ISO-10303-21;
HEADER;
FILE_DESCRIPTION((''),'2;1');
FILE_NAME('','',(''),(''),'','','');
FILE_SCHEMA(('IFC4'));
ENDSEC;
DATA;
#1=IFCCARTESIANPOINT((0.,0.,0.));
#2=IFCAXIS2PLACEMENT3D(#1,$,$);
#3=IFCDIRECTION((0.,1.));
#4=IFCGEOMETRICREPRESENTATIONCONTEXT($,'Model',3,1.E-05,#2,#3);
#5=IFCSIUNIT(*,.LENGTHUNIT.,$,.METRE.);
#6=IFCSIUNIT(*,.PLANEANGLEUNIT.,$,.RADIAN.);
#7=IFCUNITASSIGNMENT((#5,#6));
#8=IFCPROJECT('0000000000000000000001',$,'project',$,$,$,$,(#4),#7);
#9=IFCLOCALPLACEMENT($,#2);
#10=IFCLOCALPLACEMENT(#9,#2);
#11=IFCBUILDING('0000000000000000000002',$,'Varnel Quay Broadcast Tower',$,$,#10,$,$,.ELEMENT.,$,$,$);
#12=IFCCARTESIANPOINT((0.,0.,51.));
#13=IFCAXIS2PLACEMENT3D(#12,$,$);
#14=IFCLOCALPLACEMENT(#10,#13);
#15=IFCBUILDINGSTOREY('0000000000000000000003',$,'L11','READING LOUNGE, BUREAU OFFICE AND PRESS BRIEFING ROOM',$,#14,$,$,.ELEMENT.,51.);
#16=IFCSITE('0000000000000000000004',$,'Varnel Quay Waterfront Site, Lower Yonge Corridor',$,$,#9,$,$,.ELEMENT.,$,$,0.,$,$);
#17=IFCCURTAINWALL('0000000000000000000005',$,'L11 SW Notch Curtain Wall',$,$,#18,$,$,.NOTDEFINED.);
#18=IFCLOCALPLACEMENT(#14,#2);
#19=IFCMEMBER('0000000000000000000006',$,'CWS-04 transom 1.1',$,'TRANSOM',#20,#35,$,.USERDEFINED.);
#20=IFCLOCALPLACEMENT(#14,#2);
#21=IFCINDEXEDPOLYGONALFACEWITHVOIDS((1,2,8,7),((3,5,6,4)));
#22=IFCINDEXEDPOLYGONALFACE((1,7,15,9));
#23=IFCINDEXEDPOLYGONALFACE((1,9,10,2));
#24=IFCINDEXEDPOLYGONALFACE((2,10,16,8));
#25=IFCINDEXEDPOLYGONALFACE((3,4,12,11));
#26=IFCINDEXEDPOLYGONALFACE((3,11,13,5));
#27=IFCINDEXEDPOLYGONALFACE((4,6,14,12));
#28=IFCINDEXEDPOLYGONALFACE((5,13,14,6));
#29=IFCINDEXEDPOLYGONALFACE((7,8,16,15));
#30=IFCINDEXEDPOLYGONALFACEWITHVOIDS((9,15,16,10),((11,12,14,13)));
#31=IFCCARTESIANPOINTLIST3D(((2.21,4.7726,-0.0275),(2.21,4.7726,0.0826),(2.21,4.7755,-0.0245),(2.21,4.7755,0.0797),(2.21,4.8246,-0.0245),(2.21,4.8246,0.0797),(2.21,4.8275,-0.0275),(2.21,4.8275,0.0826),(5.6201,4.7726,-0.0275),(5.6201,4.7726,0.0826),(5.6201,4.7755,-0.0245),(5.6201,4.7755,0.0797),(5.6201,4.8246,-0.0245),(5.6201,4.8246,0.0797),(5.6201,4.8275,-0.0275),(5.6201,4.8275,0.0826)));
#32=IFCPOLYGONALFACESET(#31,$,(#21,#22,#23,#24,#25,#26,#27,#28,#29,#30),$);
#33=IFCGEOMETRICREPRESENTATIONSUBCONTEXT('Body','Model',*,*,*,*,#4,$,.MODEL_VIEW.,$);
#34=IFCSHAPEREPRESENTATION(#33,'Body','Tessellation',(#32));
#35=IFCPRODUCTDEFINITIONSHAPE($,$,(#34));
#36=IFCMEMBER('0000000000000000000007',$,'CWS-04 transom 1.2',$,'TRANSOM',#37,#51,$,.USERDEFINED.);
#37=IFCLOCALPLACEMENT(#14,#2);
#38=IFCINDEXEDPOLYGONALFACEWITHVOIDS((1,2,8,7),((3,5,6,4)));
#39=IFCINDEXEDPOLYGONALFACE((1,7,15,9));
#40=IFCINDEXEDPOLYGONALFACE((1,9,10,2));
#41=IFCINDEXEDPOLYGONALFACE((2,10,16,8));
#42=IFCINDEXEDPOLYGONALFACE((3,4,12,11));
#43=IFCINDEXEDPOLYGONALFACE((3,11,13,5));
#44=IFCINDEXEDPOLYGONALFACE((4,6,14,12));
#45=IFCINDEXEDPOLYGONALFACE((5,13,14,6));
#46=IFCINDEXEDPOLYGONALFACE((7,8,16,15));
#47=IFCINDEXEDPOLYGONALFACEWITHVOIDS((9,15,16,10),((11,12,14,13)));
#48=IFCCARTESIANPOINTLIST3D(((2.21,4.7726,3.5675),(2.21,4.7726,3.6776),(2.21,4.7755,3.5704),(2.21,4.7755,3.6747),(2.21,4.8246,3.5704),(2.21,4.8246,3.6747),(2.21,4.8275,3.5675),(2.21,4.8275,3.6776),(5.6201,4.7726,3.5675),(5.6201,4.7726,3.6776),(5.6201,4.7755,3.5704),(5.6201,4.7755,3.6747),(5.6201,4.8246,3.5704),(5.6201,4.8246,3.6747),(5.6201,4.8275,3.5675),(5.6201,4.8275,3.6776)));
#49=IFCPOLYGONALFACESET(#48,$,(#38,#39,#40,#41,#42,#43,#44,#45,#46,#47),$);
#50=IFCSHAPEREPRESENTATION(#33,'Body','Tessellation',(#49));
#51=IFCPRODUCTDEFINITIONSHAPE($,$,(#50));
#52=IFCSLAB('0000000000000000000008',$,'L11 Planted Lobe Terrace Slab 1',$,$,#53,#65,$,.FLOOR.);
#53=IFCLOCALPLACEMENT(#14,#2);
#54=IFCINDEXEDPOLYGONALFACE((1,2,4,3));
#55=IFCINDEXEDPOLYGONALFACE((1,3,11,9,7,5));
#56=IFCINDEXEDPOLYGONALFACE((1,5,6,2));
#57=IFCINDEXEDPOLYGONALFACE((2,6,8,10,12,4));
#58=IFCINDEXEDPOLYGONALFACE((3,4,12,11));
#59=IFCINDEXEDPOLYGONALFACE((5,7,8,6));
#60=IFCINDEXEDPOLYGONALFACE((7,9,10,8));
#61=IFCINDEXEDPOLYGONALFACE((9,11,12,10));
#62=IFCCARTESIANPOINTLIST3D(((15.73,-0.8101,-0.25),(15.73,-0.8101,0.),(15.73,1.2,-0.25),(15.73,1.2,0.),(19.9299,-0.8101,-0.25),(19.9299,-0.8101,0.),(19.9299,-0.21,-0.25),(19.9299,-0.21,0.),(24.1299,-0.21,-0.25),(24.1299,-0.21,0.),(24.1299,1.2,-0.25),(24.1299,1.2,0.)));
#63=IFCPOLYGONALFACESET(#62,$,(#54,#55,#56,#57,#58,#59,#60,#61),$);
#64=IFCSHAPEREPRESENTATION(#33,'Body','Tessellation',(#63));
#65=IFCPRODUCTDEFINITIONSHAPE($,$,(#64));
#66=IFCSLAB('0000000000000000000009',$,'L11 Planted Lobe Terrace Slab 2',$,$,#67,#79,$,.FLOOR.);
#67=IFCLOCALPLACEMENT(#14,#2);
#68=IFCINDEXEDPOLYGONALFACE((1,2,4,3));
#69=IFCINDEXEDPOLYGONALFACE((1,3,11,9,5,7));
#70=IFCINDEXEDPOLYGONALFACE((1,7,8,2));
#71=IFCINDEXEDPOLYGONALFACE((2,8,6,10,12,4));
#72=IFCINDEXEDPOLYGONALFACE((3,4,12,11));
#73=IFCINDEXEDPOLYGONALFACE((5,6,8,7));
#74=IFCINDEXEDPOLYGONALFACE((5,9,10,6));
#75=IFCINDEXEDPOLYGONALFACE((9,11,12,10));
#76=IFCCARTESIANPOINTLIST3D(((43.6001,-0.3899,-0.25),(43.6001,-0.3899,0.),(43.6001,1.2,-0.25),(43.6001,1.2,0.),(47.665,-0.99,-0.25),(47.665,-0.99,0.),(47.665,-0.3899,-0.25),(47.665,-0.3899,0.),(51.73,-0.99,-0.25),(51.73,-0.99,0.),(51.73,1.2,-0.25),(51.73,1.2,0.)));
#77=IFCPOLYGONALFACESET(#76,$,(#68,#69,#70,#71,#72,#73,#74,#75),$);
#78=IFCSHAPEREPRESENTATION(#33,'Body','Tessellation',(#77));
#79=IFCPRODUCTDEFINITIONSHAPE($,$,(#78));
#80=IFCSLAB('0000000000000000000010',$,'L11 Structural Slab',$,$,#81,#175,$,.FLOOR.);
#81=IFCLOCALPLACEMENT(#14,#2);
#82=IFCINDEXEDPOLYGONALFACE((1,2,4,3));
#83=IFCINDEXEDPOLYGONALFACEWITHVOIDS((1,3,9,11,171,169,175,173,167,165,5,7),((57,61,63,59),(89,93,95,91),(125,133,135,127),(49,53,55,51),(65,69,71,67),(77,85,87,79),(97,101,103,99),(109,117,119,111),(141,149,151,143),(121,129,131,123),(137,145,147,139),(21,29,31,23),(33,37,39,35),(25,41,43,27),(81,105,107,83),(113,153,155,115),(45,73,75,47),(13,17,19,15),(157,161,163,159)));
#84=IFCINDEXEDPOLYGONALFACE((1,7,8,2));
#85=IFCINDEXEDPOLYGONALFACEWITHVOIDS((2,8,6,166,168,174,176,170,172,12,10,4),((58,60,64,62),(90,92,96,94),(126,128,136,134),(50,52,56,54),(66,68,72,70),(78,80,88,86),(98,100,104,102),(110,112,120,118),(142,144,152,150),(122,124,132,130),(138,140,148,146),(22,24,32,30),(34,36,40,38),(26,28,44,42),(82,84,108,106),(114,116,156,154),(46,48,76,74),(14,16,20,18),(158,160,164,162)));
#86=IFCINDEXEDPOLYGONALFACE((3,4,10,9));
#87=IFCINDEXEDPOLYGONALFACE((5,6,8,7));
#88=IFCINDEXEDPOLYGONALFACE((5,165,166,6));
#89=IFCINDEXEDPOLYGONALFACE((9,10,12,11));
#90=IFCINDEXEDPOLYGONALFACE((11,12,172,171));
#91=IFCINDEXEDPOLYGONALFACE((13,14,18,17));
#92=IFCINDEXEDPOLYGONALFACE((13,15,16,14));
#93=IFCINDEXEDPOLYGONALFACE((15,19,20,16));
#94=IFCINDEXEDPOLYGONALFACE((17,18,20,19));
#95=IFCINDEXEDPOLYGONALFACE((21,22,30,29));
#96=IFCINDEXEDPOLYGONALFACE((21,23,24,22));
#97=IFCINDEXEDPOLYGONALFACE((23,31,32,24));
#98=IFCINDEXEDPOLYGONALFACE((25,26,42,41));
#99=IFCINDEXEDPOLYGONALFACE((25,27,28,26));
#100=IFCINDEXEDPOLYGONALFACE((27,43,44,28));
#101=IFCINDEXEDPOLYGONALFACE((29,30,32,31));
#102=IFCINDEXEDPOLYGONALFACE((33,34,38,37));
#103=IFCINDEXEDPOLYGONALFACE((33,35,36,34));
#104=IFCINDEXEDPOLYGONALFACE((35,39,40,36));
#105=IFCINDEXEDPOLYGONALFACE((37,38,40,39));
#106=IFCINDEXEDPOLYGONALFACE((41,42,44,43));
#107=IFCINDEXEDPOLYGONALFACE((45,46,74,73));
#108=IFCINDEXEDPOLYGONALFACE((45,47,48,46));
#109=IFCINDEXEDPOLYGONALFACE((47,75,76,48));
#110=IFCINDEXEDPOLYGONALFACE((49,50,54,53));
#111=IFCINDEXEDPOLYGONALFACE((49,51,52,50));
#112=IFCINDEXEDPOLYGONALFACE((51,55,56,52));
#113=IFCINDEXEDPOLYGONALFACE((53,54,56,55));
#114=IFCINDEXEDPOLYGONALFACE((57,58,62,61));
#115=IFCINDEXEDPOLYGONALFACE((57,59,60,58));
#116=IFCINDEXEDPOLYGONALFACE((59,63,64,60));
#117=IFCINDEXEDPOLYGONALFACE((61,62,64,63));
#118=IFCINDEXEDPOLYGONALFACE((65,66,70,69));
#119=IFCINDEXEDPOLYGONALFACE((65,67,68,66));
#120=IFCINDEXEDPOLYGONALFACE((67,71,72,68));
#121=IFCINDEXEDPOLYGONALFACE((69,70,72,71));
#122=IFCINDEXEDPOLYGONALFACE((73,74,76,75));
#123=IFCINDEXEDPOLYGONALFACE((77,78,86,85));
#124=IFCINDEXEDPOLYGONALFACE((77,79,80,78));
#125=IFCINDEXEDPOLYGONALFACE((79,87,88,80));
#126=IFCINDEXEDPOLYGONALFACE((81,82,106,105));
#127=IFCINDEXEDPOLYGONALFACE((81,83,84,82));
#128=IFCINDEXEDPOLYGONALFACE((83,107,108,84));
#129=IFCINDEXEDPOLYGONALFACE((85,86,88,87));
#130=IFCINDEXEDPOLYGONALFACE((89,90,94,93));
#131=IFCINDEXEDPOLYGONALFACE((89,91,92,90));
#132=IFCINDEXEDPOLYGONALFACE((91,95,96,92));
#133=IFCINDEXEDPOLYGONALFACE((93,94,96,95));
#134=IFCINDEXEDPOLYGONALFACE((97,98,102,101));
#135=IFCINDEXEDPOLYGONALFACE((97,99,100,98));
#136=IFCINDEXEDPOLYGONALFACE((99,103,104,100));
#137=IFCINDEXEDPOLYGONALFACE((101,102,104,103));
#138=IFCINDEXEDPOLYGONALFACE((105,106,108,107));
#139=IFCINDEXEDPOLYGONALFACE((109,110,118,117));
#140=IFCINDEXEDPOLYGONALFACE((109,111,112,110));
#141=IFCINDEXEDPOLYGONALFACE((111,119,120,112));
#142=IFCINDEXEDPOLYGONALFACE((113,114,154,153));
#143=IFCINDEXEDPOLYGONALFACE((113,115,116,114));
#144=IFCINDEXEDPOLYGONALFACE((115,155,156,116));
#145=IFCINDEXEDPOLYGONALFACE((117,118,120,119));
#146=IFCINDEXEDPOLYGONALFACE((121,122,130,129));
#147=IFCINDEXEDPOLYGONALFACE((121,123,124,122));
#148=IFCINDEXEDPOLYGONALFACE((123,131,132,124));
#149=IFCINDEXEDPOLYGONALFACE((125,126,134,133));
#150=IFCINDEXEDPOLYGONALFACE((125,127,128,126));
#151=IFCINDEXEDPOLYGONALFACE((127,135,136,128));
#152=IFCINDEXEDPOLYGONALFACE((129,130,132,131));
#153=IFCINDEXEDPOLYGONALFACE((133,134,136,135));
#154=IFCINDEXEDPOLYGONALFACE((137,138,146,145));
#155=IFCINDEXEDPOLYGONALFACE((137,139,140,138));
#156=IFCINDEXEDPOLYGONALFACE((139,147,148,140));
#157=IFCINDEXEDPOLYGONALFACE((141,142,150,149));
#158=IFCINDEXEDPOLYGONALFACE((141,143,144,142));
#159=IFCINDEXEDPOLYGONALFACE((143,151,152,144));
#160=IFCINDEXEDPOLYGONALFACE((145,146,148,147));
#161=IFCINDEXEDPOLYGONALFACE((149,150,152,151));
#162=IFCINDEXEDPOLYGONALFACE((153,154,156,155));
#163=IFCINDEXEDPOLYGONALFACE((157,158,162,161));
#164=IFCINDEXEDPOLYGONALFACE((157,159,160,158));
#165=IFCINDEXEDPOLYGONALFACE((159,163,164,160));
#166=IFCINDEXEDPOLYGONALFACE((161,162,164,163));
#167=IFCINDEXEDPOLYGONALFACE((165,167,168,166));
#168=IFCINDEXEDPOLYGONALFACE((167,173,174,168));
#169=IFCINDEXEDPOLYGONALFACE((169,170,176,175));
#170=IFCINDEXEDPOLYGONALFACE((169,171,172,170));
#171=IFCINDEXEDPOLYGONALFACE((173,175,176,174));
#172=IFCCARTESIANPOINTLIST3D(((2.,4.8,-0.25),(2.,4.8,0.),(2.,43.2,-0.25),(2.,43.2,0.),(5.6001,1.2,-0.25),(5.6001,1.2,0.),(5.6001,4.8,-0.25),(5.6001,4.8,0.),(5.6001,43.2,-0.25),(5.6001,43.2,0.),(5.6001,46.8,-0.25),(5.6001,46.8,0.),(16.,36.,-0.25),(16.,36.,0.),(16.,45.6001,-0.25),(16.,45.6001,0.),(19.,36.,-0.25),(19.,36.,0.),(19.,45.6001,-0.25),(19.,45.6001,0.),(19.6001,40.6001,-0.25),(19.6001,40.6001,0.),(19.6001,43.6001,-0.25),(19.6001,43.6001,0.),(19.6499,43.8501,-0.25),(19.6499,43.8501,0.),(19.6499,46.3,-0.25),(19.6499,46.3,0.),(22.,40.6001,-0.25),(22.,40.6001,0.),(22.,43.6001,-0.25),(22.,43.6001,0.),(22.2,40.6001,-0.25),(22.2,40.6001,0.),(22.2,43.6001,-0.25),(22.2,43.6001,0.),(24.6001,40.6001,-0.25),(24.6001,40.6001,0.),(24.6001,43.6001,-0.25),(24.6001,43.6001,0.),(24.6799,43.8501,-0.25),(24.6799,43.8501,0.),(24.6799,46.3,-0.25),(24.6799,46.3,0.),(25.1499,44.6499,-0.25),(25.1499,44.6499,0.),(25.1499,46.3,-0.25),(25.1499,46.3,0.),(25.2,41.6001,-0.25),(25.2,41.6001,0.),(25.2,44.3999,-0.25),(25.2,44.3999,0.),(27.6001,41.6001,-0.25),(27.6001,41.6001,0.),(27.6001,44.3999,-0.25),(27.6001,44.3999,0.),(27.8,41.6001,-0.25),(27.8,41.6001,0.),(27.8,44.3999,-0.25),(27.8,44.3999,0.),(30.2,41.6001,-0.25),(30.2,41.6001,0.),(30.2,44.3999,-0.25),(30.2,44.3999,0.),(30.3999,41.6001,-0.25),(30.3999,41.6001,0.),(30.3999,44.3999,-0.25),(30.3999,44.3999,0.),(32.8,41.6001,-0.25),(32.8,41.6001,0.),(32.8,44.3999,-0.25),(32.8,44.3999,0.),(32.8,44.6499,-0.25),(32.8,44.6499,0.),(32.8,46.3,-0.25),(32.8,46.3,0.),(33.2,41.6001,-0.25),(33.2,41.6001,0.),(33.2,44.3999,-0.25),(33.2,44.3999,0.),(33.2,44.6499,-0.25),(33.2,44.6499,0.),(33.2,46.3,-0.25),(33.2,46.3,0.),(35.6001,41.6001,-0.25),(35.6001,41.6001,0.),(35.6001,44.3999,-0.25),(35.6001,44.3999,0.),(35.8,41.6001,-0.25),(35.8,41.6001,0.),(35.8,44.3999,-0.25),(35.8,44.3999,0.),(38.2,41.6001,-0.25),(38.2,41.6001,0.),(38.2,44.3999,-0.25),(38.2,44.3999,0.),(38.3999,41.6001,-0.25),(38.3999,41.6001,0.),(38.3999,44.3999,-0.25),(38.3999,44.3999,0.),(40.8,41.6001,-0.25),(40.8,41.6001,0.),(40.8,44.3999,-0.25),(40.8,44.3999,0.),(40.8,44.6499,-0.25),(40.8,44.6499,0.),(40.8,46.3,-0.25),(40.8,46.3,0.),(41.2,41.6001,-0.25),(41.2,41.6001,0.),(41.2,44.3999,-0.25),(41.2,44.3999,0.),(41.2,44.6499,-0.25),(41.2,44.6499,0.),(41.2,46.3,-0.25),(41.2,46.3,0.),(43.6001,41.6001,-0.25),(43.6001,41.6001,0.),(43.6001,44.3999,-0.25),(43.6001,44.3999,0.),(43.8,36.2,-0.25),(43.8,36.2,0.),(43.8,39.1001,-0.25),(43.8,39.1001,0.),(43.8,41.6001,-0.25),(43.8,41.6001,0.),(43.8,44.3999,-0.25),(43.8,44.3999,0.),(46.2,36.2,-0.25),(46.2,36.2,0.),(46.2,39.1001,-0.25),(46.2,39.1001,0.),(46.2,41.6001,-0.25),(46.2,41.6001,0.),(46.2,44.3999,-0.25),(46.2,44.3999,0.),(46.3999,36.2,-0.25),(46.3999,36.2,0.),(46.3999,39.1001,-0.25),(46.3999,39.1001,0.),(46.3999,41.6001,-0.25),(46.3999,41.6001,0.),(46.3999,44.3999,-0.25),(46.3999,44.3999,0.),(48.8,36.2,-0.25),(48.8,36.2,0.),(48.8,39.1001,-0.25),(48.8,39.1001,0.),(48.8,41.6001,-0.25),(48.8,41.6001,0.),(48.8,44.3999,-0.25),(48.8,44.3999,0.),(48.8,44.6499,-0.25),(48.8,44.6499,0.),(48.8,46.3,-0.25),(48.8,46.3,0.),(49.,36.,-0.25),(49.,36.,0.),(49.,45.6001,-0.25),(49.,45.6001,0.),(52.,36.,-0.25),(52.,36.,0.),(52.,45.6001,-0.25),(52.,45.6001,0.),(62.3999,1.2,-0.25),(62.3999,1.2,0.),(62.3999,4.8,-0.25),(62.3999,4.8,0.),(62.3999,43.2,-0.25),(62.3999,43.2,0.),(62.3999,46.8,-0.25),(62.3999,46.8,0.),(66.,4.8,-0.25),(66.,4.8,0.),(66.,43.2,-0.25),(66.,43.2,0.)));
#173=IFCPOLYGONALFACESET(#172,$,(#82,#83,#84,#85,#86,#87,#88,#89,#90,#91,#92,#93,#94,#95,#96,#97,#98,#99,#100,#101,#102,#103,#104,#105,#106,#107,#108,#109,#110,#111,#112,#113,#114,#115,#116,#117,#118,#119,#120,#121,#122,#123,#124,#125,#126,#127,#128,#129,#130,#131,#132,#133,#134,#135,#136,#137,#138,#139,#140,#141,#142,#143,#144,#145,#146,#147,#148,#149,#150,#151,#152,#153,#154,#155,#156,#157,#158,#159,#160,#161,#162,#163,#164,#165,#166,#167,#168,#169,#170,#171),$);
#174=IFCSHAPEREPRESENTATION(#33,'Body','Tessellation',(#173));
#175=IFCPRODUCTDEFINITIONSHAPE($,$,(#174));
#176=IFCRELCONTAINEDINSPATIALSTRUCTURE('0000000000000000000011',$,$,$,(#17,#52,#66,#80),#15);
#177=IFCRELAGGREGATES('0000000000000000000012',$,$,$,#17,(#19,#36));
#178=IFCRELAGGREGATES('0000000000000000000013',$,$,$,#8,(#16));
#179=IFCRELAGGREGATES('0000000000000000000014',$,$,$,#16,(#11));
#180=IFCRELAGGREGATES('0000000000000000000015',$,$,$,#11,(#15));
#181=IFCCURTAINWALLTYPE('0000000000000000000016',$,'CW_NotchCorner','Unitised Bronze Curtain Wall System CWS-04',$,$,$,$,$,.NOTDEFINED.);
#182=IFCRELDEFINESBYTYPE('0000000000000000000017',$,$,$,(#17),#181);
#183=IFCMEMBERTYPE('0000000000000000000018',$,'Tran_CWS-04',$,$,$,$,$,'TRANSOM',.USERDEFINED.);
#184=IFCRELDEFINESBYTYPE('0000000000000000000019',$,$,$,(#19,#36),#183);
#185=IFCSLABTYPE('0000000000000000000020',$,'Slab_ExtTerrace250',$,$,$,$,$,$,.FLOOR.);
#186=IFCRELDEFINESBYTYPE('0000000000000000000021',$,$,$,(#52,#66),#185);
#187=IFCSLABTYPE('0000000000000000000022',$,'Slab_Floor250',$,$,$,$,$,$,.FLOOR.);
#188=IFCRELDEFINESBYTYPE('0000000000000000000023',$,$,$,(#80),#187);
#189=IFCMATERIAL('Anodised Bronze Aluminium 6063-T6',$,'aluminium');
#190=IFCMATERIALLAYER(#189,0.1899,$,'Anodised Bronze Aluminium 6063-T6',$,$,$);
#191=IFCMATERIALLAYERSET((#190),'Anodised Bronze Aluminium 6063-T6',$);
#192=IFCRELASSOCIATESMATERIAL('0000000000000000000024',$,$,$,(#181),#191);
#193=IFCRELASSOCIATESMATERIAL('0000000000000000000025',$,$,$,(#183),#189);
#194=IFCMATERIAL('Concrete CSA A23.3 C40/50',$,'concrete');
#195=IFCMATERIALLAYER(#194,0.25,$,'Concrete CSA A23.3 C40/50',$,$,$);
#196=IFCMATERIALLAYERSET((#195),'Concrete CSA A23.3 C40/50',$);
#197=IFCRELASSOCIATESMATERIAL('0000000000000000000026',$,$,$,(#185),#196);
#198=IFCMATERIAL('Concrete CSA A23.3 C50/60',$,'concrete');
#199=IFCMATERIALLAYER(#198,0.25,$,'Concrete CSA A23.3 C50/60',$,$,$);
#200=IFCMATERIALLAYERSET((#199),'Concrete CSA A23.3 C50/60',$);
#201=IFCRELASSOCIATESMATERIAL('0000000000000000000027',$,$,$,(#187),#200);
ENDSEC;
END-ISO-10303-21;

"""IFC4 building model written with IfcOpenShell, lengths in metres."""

from ifc_helpers import new_model, si_unit, direction, frame, origin, origin_2d, place, context, subcontext, project, spatial, polyline, hollow_rectangle, outline, extrude, source, transform, mapped, material, layer, layer_set, material_profile, profile_set, type_object, type_shapes, element, aggregate, save


model = new_model("IFC4")

# Units and contexts
model_context = context("Model", 3, precision=1e-05, world=origin(), true_north=direction((0.0, 1.0)))
body_context = subcontext(model_context, "Body", "Model", "MODEL_VIEW")
ifc_project = project(units=[si_unit("LENGTHUNIT", "METRE"), si_unit("PLANEANGLEUNIT", "RADIAN")], contexts=[model_context])

# Site, building, storey
site_placement = place(None, origin())
site = spatial("IfcSite", under=ifc_project, at=site_placement, Name="Varnel Quay Waterfront Site, Lower Yonge Corridor", CompositionType="ELEMENT", RefElevation=0.0)
building_placement = place(site_placement, origin())
building = spatial("IfcBuilding", under=site, at=building_placement, Name="Varnel Quay Broadcast Tower", CompositionType="ELEMENT")
storey_placement = place(building_placement, frame((0.0, 0.0, 51.0)))
storey = spatial("IfcBuildingStorey", under=building, at=storey_placement, Name="L11", Description="READING LOUNGE, BUREAU OFFICE AND PRESS BRIEFING ROOM", CompositionType="ELEMENT", Elevation=51.0)

# Curtain wall, members
ifc_material_1 = material(Name="Anodised Bronze Aluminium 6063-T6", Category="aluminium")
ifc_layer_1 = layer(ifc_material_1, 0.1899, Name="Anodised Bronze Aluminium 6063-T6")
ifc_layer_set_1 = layer_set([ifc_layer_1], Name="Anodised Bronze Aluminium 6063-T6")
curtain_wall_type_1 = type_object("IfcCurtainWallType", Name="CW_NotchCorner", Description="Unitised Bronze Curtain Wall System CWS-04", PredefinedType="NOTDEFINED", material=ifc_layer_set_1)
curtain_wall_1_placement = place(storey_placement, origin())
curtain_wall_1 = element("IfcCurtainWall", 1, at=curtain_wall_1_placement, inside=storey, type_object=curtain_wall_type_1, Name="L11 SW Notch Curtain Wall", PredefinedType="NOTDEFINED")
ifc_material_profile_1 = material_profile(ifc_material_1, hollow_rectangle(XDim=0.0549, YDim=0.1101, WallThickness=0.0029, at=origin_2d()), Name="ALU55X110X3")
ifc_profile_set_1 = profile_set([ifc_material_profile_1], Name="Anodised Bronze Aluminium 6063-T6")
member_type_1 = type_object("IfcMemberType", Name="Tran_CWS-04", ElementType="TRANSOM", PredefinedType="USERDEFINED", material=ifc_profile_set_1)
shared_shape_1 = source(origin(), body_context, "Body", "SweptSolid", [
    extrude(hollow_rectangle(XDim=0.0549, YDim=0.1101, WallThickness=0.0029, at=origin_2d()), origin(), (0.0, 0.0, 1.0), 3.4102),
])
type_shapes(member_type_1, [shared_shape_1])
member_1_placement = place(storey_placement, frame((2.21, 4.8, 0.0276), z_axis=(1.0, 0.0, 0.0), x_axis=(0.0, 1.0, 0.0)))
member_1 = element("IfcMember", 2, at=member_1_placement, type_object=member_type_1, Name="CWS-04 transom 1.1", ObjectType="TRANSOM", PredefinedType="USERDEFINED", context=body_context, shape_type="MappedRepresentation", body=[
    mapped(shared_shape_1, transform((0.0, 0.0, 0.0), x_axis=(1.0, 0.0, 0.0), y_axis=(0.0, 1.0, 0.0), z_axis=(0.0, 0.0, 1.0), scale=1.0)),
])
member_2_placement = place(storey_placement, frame((2.21, 4.8, 3.6226), z_axis=(1.0, 0.0, 0.0), x_axis=(0.0, 1.0, 0.0)))
member_2 = element("IfcMember", 3, at=member_2_placement, type_object=member_type_1, Name="CWS-04 transom 1.2", ObjectType="TRANSOM", PredefinedType="USERDEFINED", context=body_context, shape_type="MappedRepresentation", body=[
    mapped(shared_shape_1, transform((0.0, 0.0, 0.0), x_axis=(1.0, 0.0, 0.0), y_axis=(0.0, 1.0, 0.0), z_axis=(0.0, 0.0, 1.0), scale=1.0)),
])

# Slabs
ifc_material_2 = material(Name="Concrete CSA A23.3 C40/50", Category="concrete")
ifc_layer_2 = layer(ifc_material_2, 0.25, Name="Concrete CSA A23.3 C40/50")
ifc_layer_set_2 = layer_set([ifc_layer_2], Name="Concrete CSA A23.3 C40/50")
slab_type_1 = type_object("IfcSlabType", Name="Slab_ExtTerrace250", PredefinedType="FLOOR", material=ifc_layer_set_2)
slab_1_placement = place(storey_placement, frame((0.0, 0.0, -0.25)))
element("IfcSlab", 4, at=slab_1_placement, inside=storey, type_object=slab_type_1, Name="L11 Planted Lobe Terrace Slab 1", PredefinedType="FLOOR", context=body_context, shape_type="SweptSolid", body=[
    extrude(outline(polyline([(15.73, -0.8101), (19.9299, -0.8101), (19.9299, -0.21), (24.1299, -0.21), (24.1299, 1.2), (15.73, 1.2), (15.73, -0.8101)])), origin(), (0.0, 0.0, 1.0), 0.25),
])
slab_2_placement = place(storey_placement, frame((0.0, 0.0, -0.25)))
element("IfcSlab", 5, at=slab_2_placement, inside=storey, type_object=slab_type_1, Name="L11 Planted Lobe Terrace Slab 2", PredefinedType="FLOOR", context=body_context, shape_type="SweptSolid", body=[
    extrude(outline(polyline([(43.6001, -0.3899), (47.665, -0.3899), (47.665, -0.99), (51.73, -0.99), (51.73, 1.2), (43.6001, 1.2), (43.6001, -0.3899)])), origin(), (0.0, 0.0, 1.0), 0.25),
])
ifc_material_3 = material(Name="Concrete CSA A23.3 C50/60", Category="concrete")
ifc_layer_3 = layer(ifc_material_3, 0.25, Name="Concrete CSA A23.3 C50/60")
ifc_layer_set_3 = layer_set([ifc_layer_3], Name="Concrete CSA A23.3 C50/60")
slab_type_2 = type_object("IfcSlabType", Name="Slab_Floor250", PredefinedType="FLOOR", material=ifc_layer_set_3)
slab_3_placement = place(storey_placement, frame((0.0, 0.0, -0.25)))
element("IfcSlab", 6, at=slab_3_placement, inside=storey, type_object=slab_type_2, Name="L11 Structural Slab", PredefinedType="FLOOR", context=body_context, shape_type="SweptSolid", body=[
    extrude(outline(polyline([(5.6001, 1.2), (62.3999, 1.2), (62.3999, 4.8), (66.0, 4.8), (66.0, 43.2), (62.3999, 43.2), (62.3999, 46.8), (5.6001, 46.8), (5.6001, 43.2), (2.0, 43.2), (2.0, 4.8), (5.6001, 4.8), (5.6001, 1.2)]), holes=[polyline([(16.0, 36.0), (16.0, 45.6001), (19.0, 45.6001), (19.0, 36.0), (16.0, 36.0)]), polyline([(19.6001, 43.6001), (22.0, 43.6001), (22.0, 40.6001), (19.6001, 40.6001), (19.6001, 43.6001)]), polyline([(22.2, 43.6001), (24.6001, 43.6001), (24.6001, 40.6001), (22.2, 40.6001), (22.2, 43.6001)]), polyline([(25.2, 44.3999), (27.6001, 44.3999), (27.6001, 41.6001), (25.2, 41.6001), (25.2, 44.3999)]), polyline([(27.8, 44.3999), (30.2, 44.3999), (30.2, 41.6001), (27.8, 41.6001), (27.8, 44.3999)]), polyline([(30.3999, 44.3999), (32.8, 44.3999), (32.8, 41.6001), (30.3999, 41.6001), (30.3999, 44.3999)]), polyline([(33.2, 44.3999), (35.6001, 44.3999), (35.6001, 41.6001), (33.2, 41.6001), (33.2, 44.3999)]), polyline([(38.2, 44.3999), (38.2, 41.6001), (35.8, 41.6001), (35.8, 44.3999), (38.2, 44.3999)]), polyline([(24.6799, 46.3), (24.6799, 43.8501), (19.6499, 43.8501), (19.6499, 46.3), (24.6799, 46.3)]), polyline([(25.1499, 46.3), (32.8, 46.3), (32.8, 44.6499), (25.1499, 44.6499), (25.1499, 46.3)]), polyline([(43.8, 39.1001), (46.2, 39.1001), (46.2, 36.2), (43.8, 36.2), (43.8, 39.1001)]), polyline([(46.3999, 39.1001), (48.8, 39.1001), (48.8, 36.2), (46.3999, 36.2), (46.3999, 39.1001)]), polyline([(49.0, 45.6001), (52.0, 45.6001), (52.0, 36.0), (49.0, 36.0), (49.0, 45.6001)]), polyline([(40.8, 44.3999), (40.8, 41.6001), (38.3999, 41.6001), (38.3999, 44.3999), (40.8, 44.3999)]), polyline([(41.2, 44.3999), (43.6001, 44.3999), (43.6001, 41.6001), (41.2, 41.6001), (41.2, 44.3999)]), polyline([(43.8, 44.3999), (46.2, 44.3999), (46.2, 41.6001), (43.8, 41.6001), (43.8, 44.3999)]), polyline([(46.3999, 44.3999), (48.8, 44.3999), (48.8, 41.6001), (46.3999, 41.6001), (46.3999, 44.3999)]), polyline([(40.8, 46.3), (40.8, 44.6499), (33.2, 44.6499), (33.2, 46.3), (40.8, 46.3)]), polyline([(48.8, 46.3), (48.8, 44.6499), (41.2, 44.6499), (41.2, 46.3), (48.8, 46.3)])]), origin(), (0.0, 0.0, 1.0), 0.25),
])

aggregate(curtain_wall_1, [member_1, member_2])

save(model, "model.ifc")
